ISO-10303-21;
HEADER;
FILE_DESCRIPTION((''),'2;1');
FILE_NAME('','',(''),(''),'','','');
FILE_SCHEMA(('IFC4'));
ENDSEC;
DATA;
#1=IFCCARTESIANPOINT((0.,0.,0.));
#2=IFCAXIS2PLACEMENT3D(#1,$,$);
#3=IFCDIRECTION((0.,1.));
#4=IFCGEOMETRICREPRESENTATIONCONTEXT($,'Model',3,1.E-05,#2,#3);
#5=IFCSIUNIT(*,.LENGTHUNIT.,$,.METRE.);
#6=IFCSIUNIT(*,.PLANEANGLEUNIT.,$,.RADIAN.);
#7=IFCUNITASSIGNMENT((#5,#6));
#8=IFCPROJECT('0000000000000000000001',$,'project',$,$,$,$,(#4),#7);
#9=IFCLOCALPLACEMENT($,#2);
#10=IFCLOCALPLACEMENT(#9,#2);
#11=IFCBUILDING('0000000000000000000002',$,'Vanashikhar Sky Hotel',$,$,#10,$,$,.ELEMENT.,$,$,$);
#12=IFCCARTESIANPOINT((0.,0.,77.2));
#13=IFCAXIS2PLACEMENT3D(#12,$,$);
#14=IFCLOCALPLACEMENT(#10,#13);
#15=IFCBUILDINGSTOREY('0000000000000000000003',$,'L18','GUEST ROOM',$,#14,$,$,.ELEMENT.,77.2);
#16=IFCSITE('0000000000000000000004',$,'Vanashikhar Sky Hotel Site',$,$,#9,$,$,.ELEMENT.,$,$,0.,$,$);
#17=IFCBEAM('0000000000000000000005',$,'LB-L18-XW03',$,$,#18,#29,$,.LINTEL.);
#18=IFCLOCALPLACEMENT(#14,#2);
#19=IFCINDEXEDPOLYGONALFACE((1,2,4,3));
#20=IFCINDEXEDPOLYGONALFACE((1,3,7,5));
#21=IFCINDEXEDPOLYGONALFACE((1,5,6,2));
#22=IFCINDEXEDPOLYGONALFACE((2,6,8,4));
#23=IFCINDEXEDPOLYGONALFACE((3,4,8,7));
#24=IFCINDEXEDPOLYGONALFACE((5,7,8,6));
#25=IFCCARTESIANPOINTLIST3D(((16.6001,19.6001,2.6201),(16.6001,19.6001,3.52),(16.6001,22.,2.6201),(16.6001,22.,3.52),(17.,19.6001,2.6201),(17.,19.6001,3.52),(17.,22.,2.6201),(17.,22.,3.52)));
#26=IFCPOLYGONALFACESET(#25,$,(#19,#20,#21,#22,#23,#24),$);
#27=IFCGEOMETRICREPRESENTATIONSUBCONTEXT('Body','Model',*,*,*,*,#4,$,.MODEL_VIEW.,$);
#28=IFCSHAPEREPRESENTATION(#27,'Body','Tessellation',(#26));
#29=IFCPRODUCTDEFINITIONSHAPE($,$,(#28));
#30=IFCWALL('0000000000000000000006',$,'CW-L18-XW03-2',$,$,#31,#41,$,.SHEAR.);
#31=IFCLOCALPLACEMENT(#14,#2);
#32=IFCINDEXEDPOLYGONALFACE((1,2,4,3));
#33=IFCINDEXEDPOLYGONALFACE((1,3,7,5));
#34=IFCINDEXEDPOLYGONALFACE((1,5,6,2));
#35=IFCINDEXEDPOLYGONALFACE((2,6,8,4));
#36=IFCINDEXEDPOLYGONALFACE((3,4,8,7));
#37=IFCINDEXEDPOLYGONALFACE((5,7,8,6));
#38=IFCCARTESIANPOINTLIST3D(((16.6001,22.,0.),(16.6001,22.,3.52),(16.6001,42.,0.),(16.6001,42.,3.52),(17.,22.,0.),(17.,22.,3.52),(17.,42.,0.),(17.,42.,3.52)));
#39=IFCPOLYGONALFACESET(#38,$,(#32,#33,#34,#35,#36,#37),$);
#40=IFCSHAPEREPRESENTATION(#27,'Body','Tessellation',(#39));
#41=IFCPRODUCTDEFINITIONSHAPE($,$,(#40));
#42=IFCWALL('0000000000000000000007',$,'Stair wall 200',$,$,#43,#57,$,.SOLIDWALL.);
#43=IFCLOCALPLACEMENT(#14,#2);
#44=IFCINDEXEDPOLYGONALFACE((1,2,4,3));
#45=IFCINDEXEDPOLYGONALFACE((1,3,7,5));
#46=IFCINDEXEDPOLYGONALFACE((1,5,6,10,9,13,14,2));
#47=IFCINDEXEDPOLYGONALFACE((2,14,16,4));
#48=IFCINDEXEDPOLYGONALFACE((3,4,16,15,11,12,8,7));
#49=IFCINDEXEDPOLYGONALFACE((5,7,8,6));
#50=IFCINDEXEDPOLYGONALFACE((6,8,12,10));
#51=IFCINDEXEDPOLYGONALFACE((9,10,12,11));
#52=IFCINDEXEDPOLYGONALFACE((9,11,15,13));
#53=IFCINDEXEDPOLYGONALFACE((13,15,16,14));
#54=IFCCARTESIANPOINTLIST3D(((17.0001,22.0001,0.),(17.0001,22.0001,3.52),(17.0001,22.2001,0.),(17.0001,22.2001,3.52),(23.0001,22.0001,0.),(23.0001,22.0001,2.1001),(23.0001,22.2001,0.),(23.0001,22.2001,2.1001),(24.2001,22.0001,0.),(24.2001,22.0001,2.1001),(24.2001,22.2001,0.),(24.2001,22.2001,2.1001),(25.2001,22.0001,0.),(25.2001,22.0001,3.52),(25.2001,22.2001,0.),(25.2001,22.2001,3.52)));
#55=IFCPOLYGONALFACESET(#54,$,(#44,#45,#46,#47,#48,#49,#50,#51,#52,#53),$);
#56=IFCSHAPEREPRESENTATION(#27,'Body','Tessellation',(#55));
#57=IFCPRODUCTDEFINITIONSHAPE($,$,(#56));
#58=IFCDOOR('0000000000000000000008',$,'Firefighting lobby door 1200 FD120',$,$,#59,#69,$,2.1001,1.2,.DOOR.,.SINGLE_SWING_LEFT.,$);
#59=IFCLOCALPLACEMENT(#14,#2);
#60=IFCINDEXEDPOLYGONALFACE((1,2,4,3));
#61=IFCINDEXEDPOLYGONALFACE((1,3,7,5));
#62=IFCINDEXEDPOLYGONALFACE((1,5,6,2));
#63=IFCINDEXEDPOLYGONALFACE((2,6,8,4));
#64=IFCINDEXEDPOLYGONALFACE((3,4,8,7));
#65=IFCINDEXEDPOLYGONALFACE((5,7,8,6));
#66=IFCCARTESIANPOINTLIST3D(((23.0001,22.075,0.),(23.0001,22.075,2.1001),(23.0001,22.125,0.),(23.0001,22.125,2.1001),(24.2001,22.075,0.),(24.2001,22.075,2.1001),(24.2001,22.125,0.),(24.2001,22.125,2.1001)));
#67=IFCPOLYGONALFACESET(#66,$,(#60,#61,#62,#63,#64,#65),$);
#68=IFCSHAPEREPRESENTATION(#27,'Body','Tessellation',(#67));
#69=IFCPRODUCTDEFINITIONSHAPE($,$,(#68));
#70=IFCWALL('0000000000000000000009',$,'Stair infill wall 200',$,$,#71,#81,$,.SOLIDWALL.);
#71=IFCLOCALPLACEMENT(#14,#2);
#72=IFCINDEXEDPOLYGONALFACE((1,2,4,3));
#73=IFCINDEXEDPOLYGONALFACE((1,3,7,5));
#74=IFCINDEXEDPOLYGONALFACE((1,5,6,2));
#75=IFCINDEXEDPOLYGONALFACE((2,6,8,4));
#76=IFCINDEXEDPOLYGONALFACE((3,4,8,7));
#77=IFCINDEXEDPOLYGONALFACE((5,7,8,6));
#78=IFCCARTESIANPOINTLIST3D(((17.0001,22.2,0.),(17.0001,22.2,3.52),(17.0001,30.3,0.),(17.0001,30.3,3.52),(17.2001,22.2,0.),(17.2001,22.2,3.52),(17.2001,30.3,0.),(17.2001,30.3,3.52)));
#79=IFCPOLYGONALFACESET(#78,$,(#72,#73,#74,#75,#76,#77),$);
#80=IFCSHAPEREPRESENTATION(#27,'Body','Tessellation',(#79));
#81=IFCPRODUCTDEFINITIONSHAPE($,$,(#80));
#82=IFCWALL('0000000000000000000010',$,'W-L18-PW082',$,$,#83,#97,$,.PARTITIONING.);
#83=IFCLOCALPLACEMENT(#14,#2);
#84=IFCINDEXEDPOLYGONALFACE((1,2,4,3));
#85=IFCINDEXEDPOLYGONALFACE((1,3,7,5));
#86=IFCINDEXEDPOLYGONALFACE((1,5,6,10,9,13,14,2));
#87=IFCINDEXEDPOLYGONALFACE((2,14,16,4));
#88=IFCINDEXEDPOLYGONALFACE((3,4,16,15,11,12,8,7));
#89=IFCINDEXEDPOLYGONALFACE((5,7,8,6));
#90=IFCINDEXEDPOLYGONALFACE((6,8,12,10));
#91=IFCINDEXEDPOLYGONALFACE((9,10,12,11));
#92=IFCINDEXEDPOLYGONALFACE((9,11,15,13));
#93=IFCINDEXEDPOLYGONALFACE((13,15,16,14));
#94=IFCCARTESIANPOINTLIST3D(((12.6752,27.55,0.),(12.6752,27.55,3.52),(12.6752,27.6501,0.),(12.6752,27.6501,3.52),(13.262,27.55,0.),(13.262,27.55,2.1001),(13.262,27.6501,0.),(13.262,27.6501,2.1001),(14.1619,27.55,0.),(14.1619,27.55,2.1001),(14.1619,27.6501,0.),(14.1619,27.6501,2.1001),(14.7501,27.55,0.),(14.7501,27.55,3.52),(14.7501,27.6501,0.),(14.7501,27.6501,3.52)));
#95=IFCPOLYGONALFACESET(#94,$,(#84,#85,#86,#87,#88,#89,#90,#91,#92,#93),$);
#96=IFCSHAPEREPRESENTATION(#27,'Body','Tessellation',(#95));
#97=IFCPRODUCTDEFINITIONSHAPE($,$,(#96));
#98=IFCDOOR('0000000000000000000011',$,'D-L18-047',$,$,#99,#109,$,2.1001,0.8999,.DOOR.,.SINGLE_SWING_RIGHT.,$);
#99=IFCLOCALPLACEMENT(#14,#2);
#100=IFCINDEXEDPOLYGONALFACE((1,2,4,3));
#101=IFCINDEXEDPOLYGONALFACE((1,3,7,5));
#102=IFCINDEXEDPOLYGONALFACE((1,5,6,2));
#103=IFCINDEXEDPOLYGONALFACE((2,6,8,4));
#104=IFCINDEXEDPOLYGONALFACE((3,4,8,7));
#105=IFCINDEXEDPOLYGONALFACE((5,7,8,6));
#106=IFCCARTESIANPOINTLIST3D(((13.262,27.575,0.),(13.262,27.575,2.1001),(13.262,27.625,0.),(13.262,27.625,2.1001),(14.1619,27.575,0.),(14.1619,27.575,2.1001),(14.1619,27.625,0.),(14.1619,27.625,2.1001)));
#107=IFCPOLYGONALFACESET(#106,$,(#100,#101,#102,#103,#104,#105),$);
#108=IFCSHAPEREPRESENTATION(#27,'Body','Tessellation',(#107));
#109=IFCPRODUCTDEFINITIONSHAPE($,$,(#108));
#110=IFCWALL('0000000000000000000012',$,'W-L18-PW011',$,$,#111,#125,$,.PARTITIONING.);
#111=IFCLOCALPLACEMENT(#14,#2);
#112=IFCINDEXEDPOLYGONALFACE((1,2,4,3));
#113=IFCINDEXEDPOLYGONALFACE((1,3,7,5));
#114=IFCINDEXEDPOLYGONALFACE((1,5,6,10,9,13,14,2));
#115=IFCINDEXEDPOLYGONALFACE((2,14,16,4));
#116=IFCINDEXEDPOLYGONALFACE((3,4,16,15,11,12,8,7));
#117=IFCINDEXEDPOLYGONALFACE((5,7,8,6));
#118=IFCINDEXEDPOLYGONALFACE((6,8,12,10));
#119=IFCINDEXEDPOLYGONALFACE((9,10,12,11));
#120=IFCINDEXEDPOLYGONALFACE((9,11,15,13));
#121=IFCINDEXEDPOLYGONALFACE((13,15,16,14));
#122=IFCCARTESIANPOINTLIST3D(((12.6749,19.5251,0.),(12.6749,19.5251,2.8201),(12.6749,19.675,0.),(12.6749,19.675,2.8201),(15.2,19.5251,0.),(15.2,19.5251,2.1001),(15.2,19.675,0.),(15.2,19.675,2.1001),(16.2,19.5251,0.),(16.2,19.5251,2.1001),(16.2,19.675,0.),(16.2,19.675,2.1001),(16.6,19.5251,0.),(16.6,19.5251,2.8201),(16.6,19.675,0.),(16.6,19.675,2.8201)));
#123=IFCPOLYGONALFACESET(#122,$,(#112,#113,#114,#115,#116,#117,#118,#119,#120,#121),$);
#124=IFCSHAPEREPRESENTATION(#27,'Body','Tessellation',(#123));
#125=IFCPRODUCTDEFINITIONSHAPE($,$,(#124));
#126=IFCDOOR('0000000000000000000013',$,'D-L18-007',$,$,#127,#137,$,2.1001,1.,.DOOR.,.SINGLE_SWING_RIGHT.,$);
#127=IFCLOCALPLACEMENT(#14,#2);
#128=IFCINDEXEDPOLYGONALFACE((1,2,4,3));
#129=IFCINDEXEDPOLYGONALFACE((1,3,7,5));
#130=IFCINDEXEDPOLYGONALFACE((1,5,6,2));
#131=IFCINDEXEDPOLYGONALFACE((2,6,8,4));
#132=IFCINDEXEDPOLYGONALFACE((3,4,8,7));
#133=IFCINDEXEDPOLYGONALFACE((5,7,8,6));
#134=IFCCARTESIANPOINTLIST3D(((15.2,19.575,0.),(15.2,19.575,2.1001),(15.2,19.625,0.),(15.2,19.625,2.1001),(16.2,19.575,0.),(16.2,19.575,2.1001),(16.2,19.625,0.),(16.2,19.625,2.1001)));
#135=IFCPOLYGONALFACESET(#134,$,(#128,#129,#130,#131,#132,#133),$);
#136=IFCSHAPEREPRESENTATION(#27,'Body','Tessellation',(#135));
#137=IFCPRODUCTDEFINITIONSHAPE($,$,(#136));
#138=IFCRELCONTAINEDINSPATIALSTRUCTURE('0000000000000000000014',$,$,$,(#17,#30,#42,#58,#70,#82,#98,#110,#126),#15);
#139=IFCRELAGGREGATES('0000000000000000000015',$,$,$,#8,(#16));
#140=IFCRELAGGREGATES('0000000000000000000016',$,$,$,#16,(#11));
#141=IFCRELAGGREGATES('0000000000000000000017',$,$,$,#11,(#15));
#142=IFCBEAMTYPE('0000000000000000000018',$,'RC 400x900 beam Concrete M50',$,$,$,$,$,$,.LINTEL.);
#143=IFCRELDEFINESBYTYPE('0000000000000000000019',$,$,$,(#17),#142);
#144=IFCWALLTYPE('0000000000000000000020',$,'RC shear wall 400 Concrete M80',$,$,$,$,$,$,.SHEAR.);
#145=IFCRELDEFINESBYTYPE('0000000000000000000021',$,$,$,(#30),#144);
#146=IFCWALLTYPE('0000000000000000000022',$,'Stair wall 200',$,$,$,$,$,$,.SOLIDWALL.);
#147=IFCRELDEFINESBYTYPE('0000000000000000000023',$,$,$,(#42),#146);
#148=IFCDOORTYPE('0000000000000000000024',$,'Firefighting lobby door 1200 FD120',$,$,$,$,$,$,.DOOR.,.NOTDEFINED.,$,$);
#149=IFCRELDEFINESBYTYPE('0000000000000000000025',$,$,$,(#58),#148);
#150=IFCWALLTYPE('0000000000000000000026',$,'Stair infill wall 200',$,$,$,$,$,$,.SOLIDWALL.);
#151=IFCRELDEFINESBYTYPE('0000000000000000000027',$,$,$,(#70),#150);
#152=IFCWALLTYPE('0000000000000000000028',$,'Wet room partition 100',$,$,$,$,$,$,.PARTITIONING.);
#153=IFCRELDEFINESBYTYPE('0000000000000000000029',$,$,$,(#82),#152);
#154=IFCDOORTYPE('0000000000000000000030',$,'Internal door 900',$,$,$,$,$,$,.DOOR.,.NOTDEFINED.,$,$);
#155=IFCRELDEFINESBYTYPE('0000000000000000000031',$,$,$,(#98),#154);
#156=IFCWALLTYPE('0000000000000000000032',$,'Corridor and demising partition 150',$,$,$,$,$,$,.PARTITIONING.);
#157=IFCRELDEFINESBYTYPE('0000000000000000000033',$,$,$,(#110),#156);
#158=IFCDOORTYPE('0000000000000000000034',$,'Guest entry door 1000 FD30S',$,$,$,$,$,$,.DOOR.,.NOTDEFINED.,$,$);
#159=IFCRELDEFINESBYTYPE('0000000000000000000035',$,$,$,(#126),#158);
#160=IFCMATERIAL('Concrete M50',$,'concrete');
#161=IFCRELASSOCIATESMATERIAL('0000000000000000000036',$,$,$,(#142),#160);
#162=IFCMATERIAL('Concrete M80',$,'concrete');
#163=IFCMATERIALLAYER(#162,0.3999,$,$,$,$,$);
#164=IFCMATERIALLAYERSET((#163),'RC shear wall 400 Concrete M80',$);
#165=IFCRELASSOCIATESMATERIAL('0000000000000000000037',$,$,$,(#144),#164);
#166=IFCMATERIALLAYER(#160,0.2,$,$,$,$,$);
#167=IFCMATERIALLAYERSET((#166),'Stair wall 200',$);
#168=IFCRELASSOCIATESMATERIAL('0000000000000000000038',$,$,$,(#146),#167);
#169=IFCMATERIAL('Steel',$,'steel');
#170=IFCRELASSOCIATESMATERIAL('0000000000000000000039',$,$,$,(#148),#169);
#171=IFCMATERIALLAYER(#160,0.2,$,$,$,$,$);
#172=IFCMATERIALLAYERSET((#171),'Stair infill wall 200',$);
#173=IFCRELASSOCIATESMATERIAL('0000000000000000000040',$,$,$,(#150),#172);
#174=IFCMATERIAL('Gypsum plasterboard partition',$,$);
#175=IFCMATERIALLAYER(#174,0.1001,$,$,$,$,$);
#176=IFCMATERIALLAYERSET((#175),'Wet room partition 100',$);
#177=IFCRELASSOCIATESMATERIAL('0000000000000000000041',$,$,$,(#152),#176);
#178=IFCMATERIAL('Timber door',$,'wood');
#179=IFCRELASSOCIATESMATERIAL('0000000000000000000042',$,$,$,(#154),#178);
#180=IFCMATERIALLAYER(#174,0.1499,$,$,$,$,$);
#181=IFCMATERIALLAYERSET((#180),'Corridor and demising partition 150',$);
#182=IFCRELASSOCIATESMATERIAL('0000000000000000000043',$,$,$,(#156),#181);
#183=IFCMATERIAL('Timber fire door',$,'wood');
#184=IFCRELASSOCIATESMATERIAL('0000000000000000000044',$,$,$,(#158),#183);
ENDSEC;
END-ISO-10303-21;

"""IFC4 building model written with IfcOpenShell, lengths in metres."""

from ifc_helpers import new_model, si_unit, direction, frame, frame_2d, origin, origin_2d, place, context, subcontext, project, spatial, rectangle, extrude, source, transform, mapped, material, layer, layer_set, material_profile, profile_set, type_object, element, fill, save


model = new_model("IFC4")

# Units and contexts
model_context = context("Model", 3, precision=1e-05, world=origin(), true_north=direction((0.0, 1.0)))
body_context = subcontext(model_context, "Body", "Model", "MODEL_VIEW")
ifc_project = project(units=[si_unit("LENGTHUNIT", "METRE"), si_unit("PLANEANGLEUNIT", "RADIAN")], contexts=[model_context])

# Site, building, storey
site_placement = place(None, origin())
site = spatial("IfcSite", under=ifc_project, at=site_placement, Name="Vanashikhar Sky Hotel Site", CompositionType="ELEMENT", RefElevation=0.0)
building_placement = place(site_placement, origin())
building = spatial("IfcBuilding", under=site, at=building_placement, Name="Vanashikhar Sky Hotel", CompositionType="ELEMENT")
storey_placement = place(building_placement, frame((0.0, 0.0, 77.2)))
storey = spatial("IfcBuildingStorey", under=building, at=storey_placement, Name="L18", Description="GUEST ROOM", CompositionType="ELEMENT", Elevation=77.2)

# Beam
ifc_material_1 = material(Name="Concrete M50", Category="concrete")
ifc_material_profile = material_profile(ifc_material_1, rectangle(XDim=0.3999, YDim=0.8999, at=origin_2d()))
ifc_profile_set = profile_set([ifc_material_profile], Name="RC 400x900 beam Concrete M50")
beam_type = type_object("IfcBeamType", Name="RC 400x900 beam Concrete M50", PredefinedType="LINTEL", material=ifc_profile_set)
shared_shape_1 = source(origin(), body_context, "Body", "SweptSolid", [
    extrude(rectangle(XDim=0.3999, YDim=0.8999, at=origin_2d()), origin(), (0.0, 0.0, 1.0), 2.3999),
])
beam_placement = place(storey_placement, frame((16.8, 19.6001, 3.0701), z_axis=(0.0, 1.0, 0.0), x_axis=(-1.0, 0.0, 0.0)))
element("IfcBeam", 1, at=beam_placement, inside=storey, type_object=beam_type, Name="LB-L18-XW03", PredefinedType="LINTEL", context=body_context, shape_type="MappedRepresentation", body=[
    mapped(shared_shape_1, transform((0.0, 0.0, 0.0), scale=1.0)),
])

# Wall
ifc_material_2 = material(Name="Concrete M80", Category="concrete")
ifc_layer_1 = layer(ifc_material_2, 0.3999)
ifc_layer_set_1 = layer_set([ifc_layer_1], Name="RC shear wall 400 Concrete M80")
wall_type_1 = type_object("IfcWallType", Name="RC shear wall 400 Concrete M80", PredefinedType="SHEAR", material=ifc_layer_set_1)
shared_shape_2 = source(origin(), body_context, "Body", "SweptSolid", [
    extrude(rectangle(XDim=20.0, YDim=0.3999, at=frame_2d((10.0, 0.0))), origin(), (0.0, 0.0, 1.0), 3.52),
])
wall_1_placement = place(storey_placement, frame((16.8, 22.0, 0.0), z_axis=(0.0, 0.0, 1.0), x_axis=(0.0, 1.0, 0.0)))
element("IfcWall", 2, at=wall_1_placement, inside=storey, type_object=wall_type_1, Name="CW-L18-XW03-2", PredefinedType="SHEAR", context=body_context, shape_type="MappedRepresentation", body=[
    mapped(shared_shape_2, transform((0.0, 0.0, 0.0), scale=1.0)),
])

# Wall, opening, door
ifc_layer_2 = layer(ifc_material_1, 0.2)
ifc_layer_set_2 = layer_set([ifc_layer_2], Name="Stair wall 200")
wall_type_2 = type_object("IfcWallType", Name="Stair wall 200", PredefinedType="SOLIDWALL", material=ifc_layer_set_2)
shared_shape_3 = source(origin(), body_context, "Body", "SweptSolid", [
    extrude(rectangle(XDim=8.2, YDim=0.2, at=frame_2d((4.1001, 0.0))), origin(), (0.0, 0.0, 1.0), 3.52),
])
wall_2_placement = place(storey_placement, frame((17.0, 22.1001, 0.0), z_axis=(0.0, 0.0, 1.0), x_axis=(1.0, 0.0, 0.0)))
wall_2 = element("IfcWall", 3, at=wall_2_placement, inside=storey, type_object=wall_type_2, Name="Stair wall 200", PredefinedType="SOLIDWALL", context=body_context, shape_type="MappedRepresentation", body=[
    mapped(shared_shape_3, transform((0.0, 0.0, 0.0), scale=1.0)),
])
shared_shape_4 = source(origin(), body_context, "Body", "SweptSolid", [
    extrude(rectangle(XDim=1.2, YDim=2.1001, at=frame_2d((0.6001, 1.05))), frame((0.0, 0.1099, 0.0), z_axis=(0.0, -1.0, 0.0), x_axis=(1.0, 0.0, 0.0)), (0.0, 0.0, 1.0), 0.22),
])
opening_1_placement = place(wall_2_placement, frame((6.0, 0.0, 0.0)))
opening_1 = element("IfcOpeningElement", 4, at=opening_1_placement, cuts=wall_2, PredefinedType="OPENING", context=body_context, shape_type="MappedRepresentation", body=[
    mapped(shared_shape_4, transform((0.0, 0.0, 0.0), scale=1.0)),
])
ifc_material_3 = material(Name="Steel", Category="steel")
door_type_1 = type_object("IfcDoorType", Name="Firefighting lobby door 1200 FD120", OperationType="NOTDEFINED", PredefinedType="DOOR", material=ifc_material_3)
shared_shape_5 = source(origin(), body_context, "Body", "SweptSolid", [
    extrude(rectangle(XDim=1.2, YDim=2.1001, at=frame_2d((0.6001, 1.05))), frame((0.0, 0.0249, 0.0), z_axis=(0.0, -1.0, 0.0), x_axis=(1.0, 0.0, 0.0)), (0.0, 0.0, 1.0), 0.05),
])
door_1_placement = place(opening_1_placement, origin())
door_1 = element("IfcDoor", 5, at=door_1_placement, inside=storey, type_object=door_type_1, Name="Firefighting lobby door 1200 FD120", OperationType="SINGLE_SWING_LEFT", OverallHeight=2.1001, OverallWidth=1.2, PredefinedType="DOOR", context=body_context, shape_type="MappedRepresentation", body=[
    mapped(shared_shape_5, transform((0.0, 0.0, 0.0), scale=1.0)),
])
fill(opening_1, door_1)

# Wall
ifc_layer_3 = layer(ifc_material_1, 0.2)
ifc_layer_set_3 = layer_set([ifc_layer_3], Name="Stair infill wall 200")
wall_type_3 = type_object("IfcWallType", Name="Stair infill wall 200", PredefinedType="SOLIDWALL", material=ifc_layer_set_3)
shared_shape_6 = source(origin(), body_context, "Body", "SweptSolid", [
    extrude(rectangle(XDim=8.1001, YDim=0.2, at=frame_2d((4.05, 0.0))), origin(), (0.0, 0.0, 1.0), 3.52),
])
wall_3_placement = place(storey_placement, frame((17.1001, 22.2, 0.0), z_axis=(0.0, 0.0, 1.0), x_axis=(0.0, 1.0, 0.0)))
element("IfcWall", 6, at=wall_3_placement, inside=storey, type_object=wall_type_3, Name="Stair infill wall 200", PredefinedType="SOLIDWALL", context=body_context, shape_type="MappedRepresentation", body=[
    mapped(shared_shape_6, transform((0.0, 0.0, 0.0), scale=1.0)),
])

# Walls, openings, doors
ifc_material_4 = material(Name="Gypsum plasterboard partition")
ifc_layer_4 = layer(ifc_material_4, 0.1001)
ifc_layer_set_4 = layer_set([ifc_layer_4], Name="Wet room partition 100")
wall_type_4 = type_object("IfcWallType", Name="Wet room partition 100", PredefinedType="PARTITIONING", material=ifc_layer_set_4)
shared_shape_7 = source(origin(), body_context, "Body", "SweptSolid", [
    extrude(rectangle(XDim=2.075, YDim=0.1001, at=frame_2d((1.0376, 0.0))), origin(), (0.0, 0.0, 1.0), 3.52),
])
wall_4_placement = place(storey_placement, frame((12.675, 27.6001, 0.0), z_axis=(0.0, 0.0, 1.0), x_axis=(1.0, 0.0, 0.0)))
wall_4 = element("IfcWall", 7, at=wall_4_placement, inside=storey, type_object=wall_type_4, Name="W-L18-PW082", PredefinedType="PARTITIONING", context=body_context, shape_type="MappedRepresentation", body=[
    mapped(shared_shape_7, transform((0.0, 0.0, 0.0), scale=1.0)),
])
shared_shape_8 = source(origin(), body_context, "Body", "SweptSolid", [
    extrude(rectangle(XDim=0.8999, YDim=2.1001, at=frame_2d((0.45, 1.05))), frame((0.0, 0.0601, 0.0), z_axis=(0.0, -1.0, 0.0), x_axis=(1.0, 0.0, 0.0)), (0.0, 0.0, 1.0), 0.1201),
])
opening_2_placement = place(wall_4_placement, frame((0.5869, 0.0, 0.0)))
opening_2 = element("IfcOpeningElement", 8, at=opening_2_placement, cuts=wall_4, PredefinedType="OPENING", context=body_context, shape_type="MappedRepresentation", body=[
    mapped(shared_shape_8, transform((0.0, 0.0, 0.0), scale=1.0)),
])
ifc_material_5 = material(Name="Timber door", Category="wood")
door_type_2 = type_object("IfcDoorType", Name="Internal door 900", OperationType="NOTDEFINED", PredefinedType="DOOR", material=ifc_material_5)
shared_shape_9 = source(origin(), body_context, "Body", "SweptSolid", [
    extrude(rectangle(XDim=0.8999, YDim=2.1001, at=frame_2d((0.45, 1.05))), frame((0.0, 0.0249, 0.0), z_axis=(0.0, -1.0, 0.0), x_axis=(1.0, 0.0, 0.0)), (0.0, 0.0, 1.0), 0.05),
])
door_2_placement = place(opening_2_placement, origin())
door_2 = element("IfcDoor", 9, at=door_2_placement, inside=storey, type_object=door_type_2, Name="D-L18-047", OperationType="SINGLE_SWING_RIGHT", OverallHeight=2.1001, OverallWidth=0.8999, PredefinedType="DOOR", context=body_context, shape_type="MappedRepresentation", body=[
    mapped(shared_shape_9, transform((0.0, 0.0, 0.0), scale=1.0)),
])
fill(opening_2, door_2)
ifc_layer_5 = layer(ifc_material_4, 0.1499)
ifc_layer_set_5 = layer_set([ifc_layer_5], Name="Corridor and demising partition 150")
wall_type_5 = type_object("IfcWallType", Name="Corridor and demising partition 150", PredefinedType="PARTITIONING", material=ifc_layer_set_5)
shared_shape_10 = source(origin(), body_context, "Body", "SweptSolid", [
    extrude(rectangle(XDim=3.925, YDim=0.1499, at=frame_2d((1.9624, 0.0))), origin(), (0.0, 0.0, 1.0), 2.8201),
])
wall_5_placement = place(storey_placement, frame((12.675, 19.6001, 0.0), z_axis=(0.0, 0.0, 1.0), x_axis=(1.0, 0.0, 0.0)))
wall_5 = element("IfcWall", 10, at=wall_5_placement, inside=storey, type_object=wall_type_5, Name="W-L18-PW011", PredefinedType="PARTITIONING", context=body_context, shape_type="MappedRepresentation", body=[
    mapped(shared_shape_10, transform((0.0, 0.0, 0.0), scale=1.0)),
])
shared_shape_11 = source(origin(), body_context, "Body", "SweptSolid", [
    extrude(rectangle(XDim=1.0, YDim=2.1001, at=frame_2d((0.5, 1.05))), frame((0.0, 0.085, 0.0), z_axis=(0.0, -1.0, 0.0), x_axis=(1.0, 0.0, 0.0)), (0.0, 0.0, 1.0), 0.1699),
])
opening_3_placement = place(wall_5_placement, frame((2.5249, 0.0, 0.0)))
opening_3 = element("IfcOpeningElement", 11, at=opening_3_placement, cuts=wall_5, PredefinedType="OPENING", context=body_context, shape_type="MappedRepresentation", body=[
    mapped(shared_shape_11, transform((0.0, 0.0, 0.0), scale=1.0)),
])
ifc_material_6 = material(Name="Timber fire door", Category="wood")
door_type_3 = type_object("IfcDoorType", Name="Guest entry door 1000 FD30S", OperationType="NOTDEFINED", PredefinedType="DOOR", material=ifc_material_6)
shared_shape_12 = source(origin(), body_context, "Body", "SweptSolid", [
    extrude(rectangle(XDim=1.0, YDim=2.1001, at=frame_2d((0.5, 1.05))), frame((0.0, 0.0249, 0.0), z_axis=(0.0, -1.0, 0.0), x_axis=(1.0, 0.0, 0.0)), (0.0, 0.0, 1.0), 0.05),
])
door_3_placement = place(opening_3_placement, origin())
door_3 = element("IfcDoor", 12, at=door_3_placement, inside=storey, type_object=door_type_3, Name="D-L18-007", OperationType="SINGLE_SWING_RIGHT", OverallHeight=2.1001, OverallWidth=1.0, PredefinedType="DOOR", context=body_context, shape_type="MappedRepresentation", body=[
    mapped(shared_shape_12, transform((0.0, 0.0, 0.0), scale=1.0)),
])
fill(opening_3, door_3)

save(model, "model.ifc")
